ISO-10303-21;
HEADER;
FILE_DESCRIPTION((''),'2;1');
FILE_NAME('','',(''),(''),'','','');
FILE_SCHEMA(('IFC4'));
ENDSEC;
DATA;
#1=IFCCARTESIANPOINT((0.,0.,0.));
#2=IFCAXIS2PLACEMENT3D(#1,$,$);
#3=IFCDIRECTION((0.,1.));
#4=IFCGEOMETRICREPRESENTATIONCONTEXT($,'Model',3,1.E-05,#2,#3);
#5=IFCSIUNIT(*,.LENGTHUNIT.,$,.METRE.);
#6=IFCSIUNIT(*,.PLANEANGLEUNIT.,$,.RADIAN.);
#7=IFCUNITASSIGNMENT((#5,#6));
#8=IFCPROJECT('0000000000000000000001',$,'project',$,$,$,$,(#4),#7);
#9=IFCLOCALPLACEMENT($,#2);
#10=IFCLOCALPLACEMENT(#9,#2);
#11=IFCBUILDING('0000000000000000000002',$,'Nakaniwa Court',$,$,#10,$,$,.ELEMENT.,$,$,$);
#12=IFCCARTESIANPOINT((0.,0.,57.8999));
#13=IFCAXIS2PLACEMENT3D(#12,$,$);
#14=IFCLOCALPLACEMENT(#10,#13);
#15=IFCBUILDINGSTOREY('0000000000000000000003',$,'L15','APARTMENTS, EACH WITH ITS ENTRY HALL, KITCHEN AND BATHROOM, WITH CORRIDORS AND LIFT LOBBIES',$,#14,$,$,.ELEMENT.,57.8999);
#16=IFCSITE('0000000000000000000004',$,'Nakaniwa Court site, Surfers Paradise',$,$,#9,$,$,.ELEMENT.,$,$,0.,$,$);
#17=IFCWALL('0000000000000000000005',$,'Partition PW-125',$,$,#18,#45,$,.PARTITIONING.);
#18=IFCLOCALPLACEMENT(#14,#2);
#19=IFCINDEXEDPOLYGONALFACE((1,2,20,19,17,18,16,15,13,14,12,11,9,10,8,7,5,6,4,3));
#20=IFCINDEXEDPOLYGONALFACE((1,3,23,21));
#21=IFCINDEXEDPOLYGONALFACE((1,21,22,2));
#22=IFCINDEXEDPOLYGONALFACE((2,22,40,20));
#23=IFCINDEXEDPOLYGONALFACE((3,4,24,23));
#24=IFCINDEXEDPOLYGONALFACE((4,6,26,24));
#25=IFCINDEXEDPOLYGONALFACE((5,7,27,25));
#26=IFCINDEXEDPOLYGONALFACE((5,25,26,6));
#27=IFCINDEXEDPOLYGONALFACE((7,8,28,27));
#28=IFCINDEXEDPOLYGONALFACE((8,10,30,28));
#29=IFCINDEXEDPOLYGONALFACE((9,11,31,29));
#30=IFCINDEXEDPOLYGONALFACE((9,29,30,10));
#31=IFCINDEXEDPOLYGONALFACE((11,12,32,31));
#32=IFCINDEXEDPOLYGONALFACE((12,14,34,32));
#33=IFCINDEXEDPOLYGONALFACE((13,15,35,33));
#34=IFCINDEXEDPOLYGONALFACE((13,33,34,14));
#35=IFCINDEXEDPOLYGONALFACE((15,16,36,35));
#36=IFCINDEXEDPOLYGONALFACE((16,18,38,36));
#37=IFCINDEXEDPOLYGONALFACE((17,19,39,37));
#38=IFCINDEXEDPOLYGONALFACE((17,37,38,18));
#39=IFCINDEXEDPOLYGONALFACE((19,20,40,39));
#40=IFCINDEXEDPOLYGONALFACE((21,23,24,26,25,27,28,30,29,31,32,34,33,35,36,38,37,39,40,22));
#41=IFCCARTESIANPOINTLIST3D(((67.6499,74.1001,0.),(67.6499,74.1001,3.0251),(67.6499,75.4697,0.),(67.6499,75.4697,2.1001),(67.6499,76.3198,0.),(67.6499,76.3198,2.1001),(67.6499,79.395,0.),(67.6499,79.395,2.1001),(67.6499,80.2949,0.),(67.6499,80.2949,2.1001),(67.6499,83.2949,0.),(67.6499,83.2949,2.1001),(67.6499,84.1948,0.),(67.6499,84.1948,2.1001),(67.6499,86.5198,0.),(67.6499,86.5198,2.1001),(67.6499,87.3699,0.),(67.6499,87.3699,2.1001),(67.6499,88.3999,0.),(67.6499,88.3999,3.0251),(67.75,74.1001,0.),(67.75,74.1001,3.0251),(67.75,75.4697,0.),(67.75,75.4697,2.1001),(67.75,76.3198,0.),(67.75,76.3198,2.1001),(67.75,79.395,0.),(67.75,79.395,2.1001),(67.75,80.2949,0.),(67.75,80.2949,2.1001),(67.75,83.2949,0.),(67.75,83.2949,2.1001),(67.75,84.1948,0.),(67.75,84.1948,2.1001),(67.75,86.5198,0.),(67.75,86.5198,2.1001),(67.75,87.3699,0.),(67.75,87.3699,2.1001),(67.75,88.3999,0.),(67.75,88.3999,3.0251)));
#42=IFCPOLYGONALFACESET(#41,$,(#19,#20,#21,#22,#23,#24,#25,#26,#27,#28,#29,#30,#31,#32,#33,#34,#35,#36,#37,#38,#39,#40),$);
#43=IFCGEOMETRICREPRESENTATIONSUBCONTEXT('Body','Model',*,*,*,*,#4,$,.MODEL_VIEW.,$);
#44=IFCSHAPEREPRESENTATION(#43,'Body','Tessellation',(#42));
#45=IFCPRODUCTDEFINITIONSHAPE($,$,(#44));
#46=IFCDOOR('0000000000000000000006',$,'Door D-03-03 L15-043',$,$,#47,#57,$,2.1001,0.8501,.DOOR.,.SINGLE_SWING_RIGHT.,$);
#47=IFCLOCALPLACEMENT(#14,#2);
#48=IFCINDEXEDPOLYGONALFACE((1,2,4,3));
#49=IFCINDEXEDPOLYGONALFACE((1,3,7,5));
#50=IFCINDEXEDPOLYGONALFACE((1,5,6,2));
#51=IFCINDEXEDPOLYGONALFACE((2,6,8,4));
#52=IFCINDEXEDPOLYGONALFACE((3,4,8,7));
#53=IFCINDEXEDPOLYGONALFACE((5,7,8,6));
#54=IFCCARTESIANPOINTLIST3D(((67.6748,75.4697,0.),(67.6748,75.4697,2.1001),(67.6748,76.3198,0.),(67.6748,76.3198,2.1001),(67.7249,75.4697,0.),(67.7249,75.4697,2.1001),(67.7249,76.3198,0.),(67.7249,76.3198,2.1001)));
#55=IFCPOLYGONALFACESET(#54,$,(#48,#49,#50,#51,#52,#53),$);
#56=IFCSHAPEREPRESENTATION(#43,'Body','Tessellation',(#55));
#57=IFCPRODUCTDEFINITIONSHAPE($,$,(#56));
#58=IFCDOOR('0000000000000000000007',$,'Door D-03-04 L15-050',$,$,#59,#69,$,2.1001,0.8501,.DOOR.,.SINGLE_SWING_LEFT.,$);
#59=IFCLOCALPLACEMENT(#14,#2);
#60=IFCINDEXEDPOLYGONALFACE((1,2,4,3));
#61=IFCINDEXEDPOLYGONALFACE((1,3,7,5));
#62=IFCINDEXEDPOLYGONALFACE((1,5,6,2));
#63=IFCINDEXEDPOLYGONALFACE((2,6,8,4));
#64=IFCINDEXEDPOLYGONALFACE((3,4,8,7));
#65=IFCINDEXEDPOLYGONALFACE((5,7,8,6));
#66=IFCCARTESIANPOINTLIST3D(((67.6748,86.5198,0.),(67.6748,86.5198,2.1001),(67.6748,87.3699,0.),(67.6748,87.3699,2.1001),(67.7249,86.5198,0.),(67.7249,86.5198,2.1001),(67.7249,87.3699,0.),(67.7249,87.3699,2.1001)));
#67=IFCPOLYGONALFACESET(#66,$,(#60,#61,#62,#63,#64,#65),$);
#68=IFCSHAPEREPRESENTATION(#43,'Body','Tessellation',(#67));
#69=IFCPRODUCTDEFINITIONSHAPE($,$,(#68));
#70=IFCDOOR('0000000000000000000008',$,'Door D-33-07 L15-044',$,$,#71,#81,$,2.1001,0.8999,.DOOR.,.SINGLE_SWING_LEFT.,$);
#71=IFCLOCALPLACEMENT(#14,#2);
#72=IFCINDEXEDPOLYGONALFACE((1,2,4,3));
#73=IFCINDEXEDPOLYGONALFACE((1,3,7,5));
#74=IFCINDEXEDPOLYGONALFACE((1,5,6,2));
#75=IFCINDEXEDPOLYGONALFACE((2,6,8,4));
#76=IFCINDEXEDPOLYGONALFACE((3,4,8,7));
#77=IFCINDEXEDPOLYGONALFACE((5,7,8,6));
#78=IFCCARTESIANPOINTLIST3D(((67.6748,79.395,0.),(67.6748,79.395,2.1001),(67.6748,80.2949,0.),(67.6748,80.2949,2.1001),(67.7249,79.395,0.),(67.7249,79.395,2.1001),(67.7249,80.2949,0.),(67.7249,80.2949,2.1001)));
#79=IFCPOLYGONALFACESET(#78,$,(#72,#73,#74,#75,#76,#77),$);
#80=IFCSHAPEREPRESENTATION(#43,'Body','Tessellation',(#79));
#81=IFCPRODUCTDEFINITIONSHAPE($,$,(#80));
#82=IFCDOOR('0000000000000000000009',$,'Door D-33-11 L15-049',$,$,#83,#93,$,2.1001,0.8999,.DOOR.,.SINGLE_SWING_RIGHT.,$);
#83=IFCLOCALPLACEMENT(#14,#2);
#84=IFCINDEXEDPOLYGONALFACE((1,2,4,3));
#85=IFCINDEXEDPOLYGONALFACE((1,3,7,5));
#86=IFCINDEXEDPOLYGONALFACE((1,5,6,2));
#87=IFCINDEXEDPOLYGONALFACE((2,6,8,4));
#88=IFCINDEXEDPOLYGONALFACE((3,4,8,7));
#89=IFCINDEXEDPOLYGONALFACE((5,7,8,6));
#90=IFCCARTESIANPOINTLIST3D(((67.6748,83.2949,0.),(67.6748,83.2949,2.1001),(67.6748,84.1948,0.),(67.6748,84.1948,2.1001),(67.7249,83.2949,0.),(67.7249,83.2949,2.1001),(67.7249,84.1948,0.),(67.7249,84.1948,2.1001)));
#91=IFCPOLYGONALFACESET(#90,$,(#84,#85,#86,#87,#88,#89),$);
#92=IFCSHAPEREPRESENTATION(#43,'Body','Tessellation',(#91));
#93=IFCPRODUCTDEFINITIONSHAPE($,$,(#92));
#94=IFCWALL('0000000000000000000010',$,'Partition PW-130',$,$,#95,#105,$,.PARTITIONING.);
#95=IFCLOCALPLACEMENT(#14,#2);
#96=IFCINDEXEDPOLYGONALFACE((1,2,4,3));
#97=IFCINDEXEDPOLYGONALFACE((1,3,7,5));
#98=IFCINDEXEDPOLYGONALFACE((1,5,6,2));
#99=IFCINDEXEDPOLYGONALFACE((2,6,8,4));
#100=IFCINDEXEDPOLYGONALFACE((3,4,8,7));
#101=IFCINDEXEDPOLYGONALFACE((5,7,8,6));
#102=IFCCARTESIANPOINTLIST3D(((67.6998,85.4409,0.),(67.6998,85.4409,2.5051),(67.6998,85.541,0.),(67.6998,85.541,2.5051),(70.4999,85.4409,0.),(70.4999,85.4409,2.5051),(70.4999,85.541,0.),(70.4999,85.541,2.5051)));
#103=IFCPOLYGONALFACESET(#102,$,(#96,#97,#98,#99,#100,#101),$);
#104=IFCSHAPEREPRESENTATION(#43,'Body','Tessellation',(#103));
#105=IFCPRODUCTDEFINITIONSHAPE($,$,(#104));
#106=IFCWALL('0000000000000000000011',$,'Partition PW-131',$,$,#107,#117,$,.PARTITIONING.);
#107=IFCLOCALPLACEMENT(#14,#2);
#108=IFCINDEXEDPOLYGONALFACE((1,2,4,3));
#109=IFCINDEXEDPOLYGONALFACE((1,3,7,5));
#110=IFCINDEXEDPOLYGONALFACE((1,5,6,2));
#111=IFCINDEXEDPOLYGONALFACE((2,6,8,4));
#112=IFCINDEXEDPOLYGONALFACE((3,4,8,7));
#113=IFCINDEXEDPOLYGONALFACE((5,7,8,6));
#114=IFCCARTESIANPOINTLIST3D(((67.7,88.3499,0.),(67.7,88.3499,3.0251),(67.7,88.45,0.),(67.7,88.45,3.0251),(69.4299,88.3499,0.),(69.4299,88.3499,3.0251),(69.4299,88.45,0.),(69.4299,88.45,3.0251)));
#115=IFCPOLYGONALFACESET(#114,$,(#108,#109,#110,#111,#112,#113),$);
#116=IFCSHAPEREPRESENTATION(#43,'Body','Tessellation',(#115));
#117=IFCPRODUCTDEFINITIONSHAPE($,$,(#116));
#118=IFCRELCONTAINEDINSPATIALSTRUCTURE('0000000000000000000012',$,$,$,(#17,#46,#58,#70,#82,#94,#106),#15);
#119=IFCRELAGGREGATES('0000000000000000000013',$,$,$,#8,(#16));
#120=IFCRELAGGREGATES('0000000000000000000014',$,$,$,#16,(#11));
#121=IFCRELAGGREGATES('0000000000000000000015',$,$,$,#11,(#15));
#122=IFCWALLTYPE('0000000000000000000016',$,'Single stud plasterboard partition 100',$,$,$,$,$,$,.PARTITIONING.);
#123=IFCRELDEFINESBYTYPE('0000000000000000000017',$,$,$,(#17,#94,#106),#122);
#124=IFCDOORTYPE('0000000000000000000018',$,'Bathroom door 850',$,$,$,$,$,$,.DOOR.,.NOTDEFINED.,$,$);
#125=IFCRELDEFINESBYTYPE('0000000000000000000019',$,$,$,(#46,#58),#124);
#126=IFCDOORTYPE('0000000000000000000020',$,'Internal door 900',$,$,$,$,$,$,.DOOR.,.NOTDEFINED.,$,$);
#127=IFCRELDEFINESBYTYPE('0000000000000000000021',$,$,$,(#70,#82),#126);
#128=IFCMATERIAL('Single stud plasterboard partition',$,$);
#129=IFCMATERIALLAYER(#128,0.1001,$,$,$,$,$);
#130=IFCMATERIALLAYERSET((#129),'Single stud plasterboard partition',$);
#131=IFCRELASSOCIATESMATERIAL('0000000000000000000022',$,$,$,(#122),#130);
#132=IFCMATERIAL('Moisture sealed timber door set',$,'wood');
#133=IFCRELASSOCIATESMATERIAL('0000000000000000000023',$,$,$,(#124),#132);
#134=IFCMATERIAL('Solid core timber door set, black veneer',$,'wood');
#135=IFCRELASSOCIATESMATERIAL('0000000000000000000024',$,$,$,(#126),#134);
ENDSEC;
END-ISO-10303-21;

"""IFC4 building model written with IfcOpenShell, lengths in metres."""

from ifc_helpers import new_model, si_unit, direction, frame, frame_2d, origin, place, context, subcontext, project, spatial, rectangle, extrude, material, layer, layer_set, type_object, element, fill, save


model = new_model("IFC4")

# Units and contexts
model_context = context("Model", 3, precision=1e-05, world=origin(), true_north=direction((0.0, 1.0)))
body_context = subcontext(model_context, "Body", "Model", "MODEL_VIEW")
ifc_project = project(units=[si_unit("LENGTHUNIT", "METRE"), si_unit("PLANEANGLEUNIT", "RADIAN")], contexts=[model_context])

# Site, building, storey
site_placement = place(None, origin())
site = spatial("IfcSite", under=ifc_project, at=site_placement, Name="Nakaniwa Court site, Surfers Paradise", CompositionType="ELEMENT", RefElevation=0.0)
building_placement = place(site_placement, origin())
building = spatial("IfcBuilding", under=site, at=building_placement, Name="Nakaniwa Court", CompositionType="ELEMENT")
storey_placement = place(building_placement, frame((0.0, 0.0, 57.8999)))
storey = spatial("IfcBuildingStorey", under=building, at=storey_placement, Name="L15", Description="APARTMENTS, EACH WITH ITS ENTRY HALL, KITCHEN AND BATHROOM, WITH CORRIDORS AND LIFT LOBBIES", CompositionType="ELEMENT", Elevation=57.8999)

# Wall, openings, doors
ifc_material_1 = material(Name="Single stud plasterboard partition")
ifc_layer_1 = layer(ifc_material_1, 0.1001)
ifc_layer_set_1 = layer_set([ifc_layer_1], Name="Single stud plasterboard partition")
wall_type_1 = type_object("IfcWallType", Name="Single stud plasterboard partition 100", PredefinedType="PARTITIONING", material=ifc_layer_set_1)
wall_1_placement = place(storey_placement, frame((67.7, 88.3999, 0.0), z_axis=(0.0, 0.0, 1.0), x_axis=(0.0, -1.0, 0.0)))
wall_1 = element("IfcWall", 1, at=wall_1_placement, inside=storey, type_object=wall_type_1, Name="Partition PW-125", PredefinedType="PARTITIONING", context=body_context, shape_type="SweptSolid", body=[
    extrude(rectangle(XDim=14.2998, YDim=0.1001, at=frame_2d((7.1499, 0.0))), origin(), (0.0, 0.0, 1.0), 3.0251),
])
opening_1_placement = place(wall_1_placement, frame((12.0801, 0.0, 0.0)))
opening_1 = element("IfcOpeningElement", 2, at=opening_1_placement, cuts=wall_1, PredefinedType="OPENING", context=body_context, shape_type="SweptSolid", body=[
    extrude(rectangle(XDim=0.8501, YDim=2.1001, at=frame_2d((0.425, 1.05))), frame((0.0, 0.0601, 0.0), z_axis=(0.0, -1.0, 0.0), x_axis=(1.0, 0.0, 0.0)), (0.0, 0.0, 1.0), 0.1201),
])
opening_2_placement = place(wall_1_placement, frame((8.105, 0.0, 0.0)))
opening_2 = element("IfcOpeningElement", 3, at=opening_2_placement, cuts=wall_1, PredefinedType="OPENING", context=body_context, shape_type="SweptSolid", body=[
    extrude(rectangle(XDim=0.8999, YDim=2.1001, at=frame_2d((0.45, 1.05))), frame((0.0, 0.0601, 0.0), z_axis=(0.0, -1.0, 0.0), x_axis=(1.0, 0.0, 0.0)), (0.0, 0.0, 1.0), 0.1201),
])
opening_3_placement = place(wall_1_placement, frame((4.2051, 0.0, 0.0)))
opening_3 = element("IfcOpeningElement", 4, at=opening_3_placement, cuts=wall_1, PredefinedType="OPENING", context=body_context, shape_type="SweptSolid", body=[
    extrude(rectangle(XDim=0.8999, YDim=2.1001, at=frame_2d((0.45, 1.05))), frame((0.0, 0.0601, 0.0), z_axis=(0.0, -1.0, 0.0), x_axis=(1.0, 0.0, 0.0)), (0.0, 0.0, 1.0), 0.1201),
])
opening_4_placement = place(wall_1_placement, frame((1.03, 0.0, 0.0)))
opening_4 = element("IfcOpeningElement", 5, at=opening_4_placement, cuts=wall_1, PredefinedType="OPENING", context=body_context, shape_type="SweptSolid", body=[
    extrude(rectangle(XDim=0.8501, YDim=2.1001, at=frame_2d((0.425, 1.05))), frame((0.0, 0.0601, 0.0), z_axis=(0.0, -1.0, 0.0), x_axis=(1.0, 0.0, 0.0)), (0.0, 0.0, 1.0), 0.1201),
])
ifc_material_2 = material(Name="Moisture sealed timber door set", Category="wood")
door_type_1 = type_object("IfcDoorType", Name="Bathroom door 850", OperationType="NOTDEFINED", PredefinedType="DOOR", material=ifc_material_2)
door_1_placement = place(opening_1_placement, origin())
door_1 = element("IfcDoor", 6, at=door_1_placement, inside=storey, type_object=door_type_1, Name="Door D-03-03 L15-043", OperationType="SINGLE_SWING_RIGHT", OverallHeight=2.1001, OverallWidth=0.8501, PredefinedType="DOOR", context=body_context, shape_type="SweptSolid", body=[
    extrude(rectangle(XDim=0.8501, YDim=2.1001, at=frame_2d((0.425, 1.05))), frame((0.0, 0.0249, 0.0), z_axis=(0.0, -1.0, 0.0), x_axis=(1.0, 0.0, 0.0)), (0.0, 0.0, 1.0), 0.05),
])
fill(opening_1, door_1)
door_2_placement = place(opening_4_placement, origin())
door_2 = element("IfcDoor", 7, at=door_2_placement, inside=storey, type_object=door_type_1, Name="Door D-03-04 L15-050", OperationType="SINGLE_SWING_LEFT", OverallHeight=2.1001, OverallWidth=0.8501, PredefinedType="DOOR", context=body_context, shape_type="SweptSolid", body=[
    extrude(rectangle(XDim=0.8501, YDim=2.1001, at=frame_2d((0.425, 1.05))), frame((0.0, 0.0249, 0.0), z_axis=(0.0, -1.0, 0.0), x_axis=(1.0, 0.0, 0.0)), (0.0, 0.0, 1.0), 0.05),
])
fill(opening_4, door_2)
ifc_material_3 = material(Name="Solid core timber door set, black veneer", Category="wood")
door_type_2 = type_object("IfcDoorType", Name="Internal door 900", OperationType="NOTDEFINED", PredefinedType="DOOR", material=ifc_material_3)
door_3_placement = place(opening_2_placement, origin())
door_3 = element("IfcDoor", 8, at=door_3_placement, inside=storey, type_object=door_type_2, Name="Door D-33-07 L15-044", OperationType="SINGLE_SWING_LEFT", OverallHeight=2.1001, OverallWidth=0.8999, PredefinedType="DOOR", context=body_context, shape_type="SweptSolid", body=[
    extrude(rectangle(XDim=0.8999, YDim=2.1001, at=frame_2d((0.45, 1.05))), frame((0.0, 0.0249, 0.0), z_axis=(0.0, -1.0, 0.0), x_axis=(1.0, 0.0, 0.0)), (0.0, 0.0, 1.0), 0.05),
])
fill(opening_2, door_3)
door_4_placement = place(opening_3_placement, origin())
door_4 = element("IfcDoor", 9, at=door_4_placement, inside=storey, type_object=door_type_2, Name="Door D-33-11 L15-049", OperationType="SINGLE_SWING_RIGHT", OverallHeight=2.1001, OverallWidth=0.8999, PredefinedType="DOOR", context=body_context, shape_type="SweptSolid", body=[
    extrude(rectangle(XDim=0.8999, YDim=2.1001, at=frame_2d((0.45, 1.05))), frame((0.0, 0.0249, 0.0), z_axis=(0.0, -1.0, 0.0), x_axis=(1.0, 0.0, 0.0)), (0.0, 0.0, 1.0), 0.05),
])
fill(opening_3, door_4)

# Walls
wall_2_placement = place(storey_placement, frame((67.7, 85.491, 0.0), z_axis=(0.0, 0.0, 1.0), x_axis=(1.0, 0.0, 0.0)))
element("IfcWall", 10, at=wall_2_placement, inside=storey, type_object=wall_type_1, Name="Partition PW-130", PredefinedType="PARTITIONING", context=body_context, shape_type="SweptSolid", body=[
    extrude(rectangle(XDim=2.8, YDim=0.1001, at=frame_2d((1.3999, 0.0))), origin(), (0.0, 0.0, 1.0), 2.5051),
])
wall_3_placement = place(storey_placement, frame((67.7, 88.3999, 0.0), z_axis=(0.0, 0.0, 1.0), x_axis=(1.0, 0.0, 0.0)))
element("IfcWall", 11, at=wall_3_placement, inside=storey, type_object=wall_type_1, Name="Partition PW-131", PredefinedType="PARTITIONING", context=body_context, shape_type="SweptSolid", body=[
    extrude(rectangle(XDim=1.73, YDim=0.1001, at=frame_2d((0.865, 0.0))), origin(), (0.0, 0.0, 1.0), 3.0251),
])

save(model, "model.ifc")
